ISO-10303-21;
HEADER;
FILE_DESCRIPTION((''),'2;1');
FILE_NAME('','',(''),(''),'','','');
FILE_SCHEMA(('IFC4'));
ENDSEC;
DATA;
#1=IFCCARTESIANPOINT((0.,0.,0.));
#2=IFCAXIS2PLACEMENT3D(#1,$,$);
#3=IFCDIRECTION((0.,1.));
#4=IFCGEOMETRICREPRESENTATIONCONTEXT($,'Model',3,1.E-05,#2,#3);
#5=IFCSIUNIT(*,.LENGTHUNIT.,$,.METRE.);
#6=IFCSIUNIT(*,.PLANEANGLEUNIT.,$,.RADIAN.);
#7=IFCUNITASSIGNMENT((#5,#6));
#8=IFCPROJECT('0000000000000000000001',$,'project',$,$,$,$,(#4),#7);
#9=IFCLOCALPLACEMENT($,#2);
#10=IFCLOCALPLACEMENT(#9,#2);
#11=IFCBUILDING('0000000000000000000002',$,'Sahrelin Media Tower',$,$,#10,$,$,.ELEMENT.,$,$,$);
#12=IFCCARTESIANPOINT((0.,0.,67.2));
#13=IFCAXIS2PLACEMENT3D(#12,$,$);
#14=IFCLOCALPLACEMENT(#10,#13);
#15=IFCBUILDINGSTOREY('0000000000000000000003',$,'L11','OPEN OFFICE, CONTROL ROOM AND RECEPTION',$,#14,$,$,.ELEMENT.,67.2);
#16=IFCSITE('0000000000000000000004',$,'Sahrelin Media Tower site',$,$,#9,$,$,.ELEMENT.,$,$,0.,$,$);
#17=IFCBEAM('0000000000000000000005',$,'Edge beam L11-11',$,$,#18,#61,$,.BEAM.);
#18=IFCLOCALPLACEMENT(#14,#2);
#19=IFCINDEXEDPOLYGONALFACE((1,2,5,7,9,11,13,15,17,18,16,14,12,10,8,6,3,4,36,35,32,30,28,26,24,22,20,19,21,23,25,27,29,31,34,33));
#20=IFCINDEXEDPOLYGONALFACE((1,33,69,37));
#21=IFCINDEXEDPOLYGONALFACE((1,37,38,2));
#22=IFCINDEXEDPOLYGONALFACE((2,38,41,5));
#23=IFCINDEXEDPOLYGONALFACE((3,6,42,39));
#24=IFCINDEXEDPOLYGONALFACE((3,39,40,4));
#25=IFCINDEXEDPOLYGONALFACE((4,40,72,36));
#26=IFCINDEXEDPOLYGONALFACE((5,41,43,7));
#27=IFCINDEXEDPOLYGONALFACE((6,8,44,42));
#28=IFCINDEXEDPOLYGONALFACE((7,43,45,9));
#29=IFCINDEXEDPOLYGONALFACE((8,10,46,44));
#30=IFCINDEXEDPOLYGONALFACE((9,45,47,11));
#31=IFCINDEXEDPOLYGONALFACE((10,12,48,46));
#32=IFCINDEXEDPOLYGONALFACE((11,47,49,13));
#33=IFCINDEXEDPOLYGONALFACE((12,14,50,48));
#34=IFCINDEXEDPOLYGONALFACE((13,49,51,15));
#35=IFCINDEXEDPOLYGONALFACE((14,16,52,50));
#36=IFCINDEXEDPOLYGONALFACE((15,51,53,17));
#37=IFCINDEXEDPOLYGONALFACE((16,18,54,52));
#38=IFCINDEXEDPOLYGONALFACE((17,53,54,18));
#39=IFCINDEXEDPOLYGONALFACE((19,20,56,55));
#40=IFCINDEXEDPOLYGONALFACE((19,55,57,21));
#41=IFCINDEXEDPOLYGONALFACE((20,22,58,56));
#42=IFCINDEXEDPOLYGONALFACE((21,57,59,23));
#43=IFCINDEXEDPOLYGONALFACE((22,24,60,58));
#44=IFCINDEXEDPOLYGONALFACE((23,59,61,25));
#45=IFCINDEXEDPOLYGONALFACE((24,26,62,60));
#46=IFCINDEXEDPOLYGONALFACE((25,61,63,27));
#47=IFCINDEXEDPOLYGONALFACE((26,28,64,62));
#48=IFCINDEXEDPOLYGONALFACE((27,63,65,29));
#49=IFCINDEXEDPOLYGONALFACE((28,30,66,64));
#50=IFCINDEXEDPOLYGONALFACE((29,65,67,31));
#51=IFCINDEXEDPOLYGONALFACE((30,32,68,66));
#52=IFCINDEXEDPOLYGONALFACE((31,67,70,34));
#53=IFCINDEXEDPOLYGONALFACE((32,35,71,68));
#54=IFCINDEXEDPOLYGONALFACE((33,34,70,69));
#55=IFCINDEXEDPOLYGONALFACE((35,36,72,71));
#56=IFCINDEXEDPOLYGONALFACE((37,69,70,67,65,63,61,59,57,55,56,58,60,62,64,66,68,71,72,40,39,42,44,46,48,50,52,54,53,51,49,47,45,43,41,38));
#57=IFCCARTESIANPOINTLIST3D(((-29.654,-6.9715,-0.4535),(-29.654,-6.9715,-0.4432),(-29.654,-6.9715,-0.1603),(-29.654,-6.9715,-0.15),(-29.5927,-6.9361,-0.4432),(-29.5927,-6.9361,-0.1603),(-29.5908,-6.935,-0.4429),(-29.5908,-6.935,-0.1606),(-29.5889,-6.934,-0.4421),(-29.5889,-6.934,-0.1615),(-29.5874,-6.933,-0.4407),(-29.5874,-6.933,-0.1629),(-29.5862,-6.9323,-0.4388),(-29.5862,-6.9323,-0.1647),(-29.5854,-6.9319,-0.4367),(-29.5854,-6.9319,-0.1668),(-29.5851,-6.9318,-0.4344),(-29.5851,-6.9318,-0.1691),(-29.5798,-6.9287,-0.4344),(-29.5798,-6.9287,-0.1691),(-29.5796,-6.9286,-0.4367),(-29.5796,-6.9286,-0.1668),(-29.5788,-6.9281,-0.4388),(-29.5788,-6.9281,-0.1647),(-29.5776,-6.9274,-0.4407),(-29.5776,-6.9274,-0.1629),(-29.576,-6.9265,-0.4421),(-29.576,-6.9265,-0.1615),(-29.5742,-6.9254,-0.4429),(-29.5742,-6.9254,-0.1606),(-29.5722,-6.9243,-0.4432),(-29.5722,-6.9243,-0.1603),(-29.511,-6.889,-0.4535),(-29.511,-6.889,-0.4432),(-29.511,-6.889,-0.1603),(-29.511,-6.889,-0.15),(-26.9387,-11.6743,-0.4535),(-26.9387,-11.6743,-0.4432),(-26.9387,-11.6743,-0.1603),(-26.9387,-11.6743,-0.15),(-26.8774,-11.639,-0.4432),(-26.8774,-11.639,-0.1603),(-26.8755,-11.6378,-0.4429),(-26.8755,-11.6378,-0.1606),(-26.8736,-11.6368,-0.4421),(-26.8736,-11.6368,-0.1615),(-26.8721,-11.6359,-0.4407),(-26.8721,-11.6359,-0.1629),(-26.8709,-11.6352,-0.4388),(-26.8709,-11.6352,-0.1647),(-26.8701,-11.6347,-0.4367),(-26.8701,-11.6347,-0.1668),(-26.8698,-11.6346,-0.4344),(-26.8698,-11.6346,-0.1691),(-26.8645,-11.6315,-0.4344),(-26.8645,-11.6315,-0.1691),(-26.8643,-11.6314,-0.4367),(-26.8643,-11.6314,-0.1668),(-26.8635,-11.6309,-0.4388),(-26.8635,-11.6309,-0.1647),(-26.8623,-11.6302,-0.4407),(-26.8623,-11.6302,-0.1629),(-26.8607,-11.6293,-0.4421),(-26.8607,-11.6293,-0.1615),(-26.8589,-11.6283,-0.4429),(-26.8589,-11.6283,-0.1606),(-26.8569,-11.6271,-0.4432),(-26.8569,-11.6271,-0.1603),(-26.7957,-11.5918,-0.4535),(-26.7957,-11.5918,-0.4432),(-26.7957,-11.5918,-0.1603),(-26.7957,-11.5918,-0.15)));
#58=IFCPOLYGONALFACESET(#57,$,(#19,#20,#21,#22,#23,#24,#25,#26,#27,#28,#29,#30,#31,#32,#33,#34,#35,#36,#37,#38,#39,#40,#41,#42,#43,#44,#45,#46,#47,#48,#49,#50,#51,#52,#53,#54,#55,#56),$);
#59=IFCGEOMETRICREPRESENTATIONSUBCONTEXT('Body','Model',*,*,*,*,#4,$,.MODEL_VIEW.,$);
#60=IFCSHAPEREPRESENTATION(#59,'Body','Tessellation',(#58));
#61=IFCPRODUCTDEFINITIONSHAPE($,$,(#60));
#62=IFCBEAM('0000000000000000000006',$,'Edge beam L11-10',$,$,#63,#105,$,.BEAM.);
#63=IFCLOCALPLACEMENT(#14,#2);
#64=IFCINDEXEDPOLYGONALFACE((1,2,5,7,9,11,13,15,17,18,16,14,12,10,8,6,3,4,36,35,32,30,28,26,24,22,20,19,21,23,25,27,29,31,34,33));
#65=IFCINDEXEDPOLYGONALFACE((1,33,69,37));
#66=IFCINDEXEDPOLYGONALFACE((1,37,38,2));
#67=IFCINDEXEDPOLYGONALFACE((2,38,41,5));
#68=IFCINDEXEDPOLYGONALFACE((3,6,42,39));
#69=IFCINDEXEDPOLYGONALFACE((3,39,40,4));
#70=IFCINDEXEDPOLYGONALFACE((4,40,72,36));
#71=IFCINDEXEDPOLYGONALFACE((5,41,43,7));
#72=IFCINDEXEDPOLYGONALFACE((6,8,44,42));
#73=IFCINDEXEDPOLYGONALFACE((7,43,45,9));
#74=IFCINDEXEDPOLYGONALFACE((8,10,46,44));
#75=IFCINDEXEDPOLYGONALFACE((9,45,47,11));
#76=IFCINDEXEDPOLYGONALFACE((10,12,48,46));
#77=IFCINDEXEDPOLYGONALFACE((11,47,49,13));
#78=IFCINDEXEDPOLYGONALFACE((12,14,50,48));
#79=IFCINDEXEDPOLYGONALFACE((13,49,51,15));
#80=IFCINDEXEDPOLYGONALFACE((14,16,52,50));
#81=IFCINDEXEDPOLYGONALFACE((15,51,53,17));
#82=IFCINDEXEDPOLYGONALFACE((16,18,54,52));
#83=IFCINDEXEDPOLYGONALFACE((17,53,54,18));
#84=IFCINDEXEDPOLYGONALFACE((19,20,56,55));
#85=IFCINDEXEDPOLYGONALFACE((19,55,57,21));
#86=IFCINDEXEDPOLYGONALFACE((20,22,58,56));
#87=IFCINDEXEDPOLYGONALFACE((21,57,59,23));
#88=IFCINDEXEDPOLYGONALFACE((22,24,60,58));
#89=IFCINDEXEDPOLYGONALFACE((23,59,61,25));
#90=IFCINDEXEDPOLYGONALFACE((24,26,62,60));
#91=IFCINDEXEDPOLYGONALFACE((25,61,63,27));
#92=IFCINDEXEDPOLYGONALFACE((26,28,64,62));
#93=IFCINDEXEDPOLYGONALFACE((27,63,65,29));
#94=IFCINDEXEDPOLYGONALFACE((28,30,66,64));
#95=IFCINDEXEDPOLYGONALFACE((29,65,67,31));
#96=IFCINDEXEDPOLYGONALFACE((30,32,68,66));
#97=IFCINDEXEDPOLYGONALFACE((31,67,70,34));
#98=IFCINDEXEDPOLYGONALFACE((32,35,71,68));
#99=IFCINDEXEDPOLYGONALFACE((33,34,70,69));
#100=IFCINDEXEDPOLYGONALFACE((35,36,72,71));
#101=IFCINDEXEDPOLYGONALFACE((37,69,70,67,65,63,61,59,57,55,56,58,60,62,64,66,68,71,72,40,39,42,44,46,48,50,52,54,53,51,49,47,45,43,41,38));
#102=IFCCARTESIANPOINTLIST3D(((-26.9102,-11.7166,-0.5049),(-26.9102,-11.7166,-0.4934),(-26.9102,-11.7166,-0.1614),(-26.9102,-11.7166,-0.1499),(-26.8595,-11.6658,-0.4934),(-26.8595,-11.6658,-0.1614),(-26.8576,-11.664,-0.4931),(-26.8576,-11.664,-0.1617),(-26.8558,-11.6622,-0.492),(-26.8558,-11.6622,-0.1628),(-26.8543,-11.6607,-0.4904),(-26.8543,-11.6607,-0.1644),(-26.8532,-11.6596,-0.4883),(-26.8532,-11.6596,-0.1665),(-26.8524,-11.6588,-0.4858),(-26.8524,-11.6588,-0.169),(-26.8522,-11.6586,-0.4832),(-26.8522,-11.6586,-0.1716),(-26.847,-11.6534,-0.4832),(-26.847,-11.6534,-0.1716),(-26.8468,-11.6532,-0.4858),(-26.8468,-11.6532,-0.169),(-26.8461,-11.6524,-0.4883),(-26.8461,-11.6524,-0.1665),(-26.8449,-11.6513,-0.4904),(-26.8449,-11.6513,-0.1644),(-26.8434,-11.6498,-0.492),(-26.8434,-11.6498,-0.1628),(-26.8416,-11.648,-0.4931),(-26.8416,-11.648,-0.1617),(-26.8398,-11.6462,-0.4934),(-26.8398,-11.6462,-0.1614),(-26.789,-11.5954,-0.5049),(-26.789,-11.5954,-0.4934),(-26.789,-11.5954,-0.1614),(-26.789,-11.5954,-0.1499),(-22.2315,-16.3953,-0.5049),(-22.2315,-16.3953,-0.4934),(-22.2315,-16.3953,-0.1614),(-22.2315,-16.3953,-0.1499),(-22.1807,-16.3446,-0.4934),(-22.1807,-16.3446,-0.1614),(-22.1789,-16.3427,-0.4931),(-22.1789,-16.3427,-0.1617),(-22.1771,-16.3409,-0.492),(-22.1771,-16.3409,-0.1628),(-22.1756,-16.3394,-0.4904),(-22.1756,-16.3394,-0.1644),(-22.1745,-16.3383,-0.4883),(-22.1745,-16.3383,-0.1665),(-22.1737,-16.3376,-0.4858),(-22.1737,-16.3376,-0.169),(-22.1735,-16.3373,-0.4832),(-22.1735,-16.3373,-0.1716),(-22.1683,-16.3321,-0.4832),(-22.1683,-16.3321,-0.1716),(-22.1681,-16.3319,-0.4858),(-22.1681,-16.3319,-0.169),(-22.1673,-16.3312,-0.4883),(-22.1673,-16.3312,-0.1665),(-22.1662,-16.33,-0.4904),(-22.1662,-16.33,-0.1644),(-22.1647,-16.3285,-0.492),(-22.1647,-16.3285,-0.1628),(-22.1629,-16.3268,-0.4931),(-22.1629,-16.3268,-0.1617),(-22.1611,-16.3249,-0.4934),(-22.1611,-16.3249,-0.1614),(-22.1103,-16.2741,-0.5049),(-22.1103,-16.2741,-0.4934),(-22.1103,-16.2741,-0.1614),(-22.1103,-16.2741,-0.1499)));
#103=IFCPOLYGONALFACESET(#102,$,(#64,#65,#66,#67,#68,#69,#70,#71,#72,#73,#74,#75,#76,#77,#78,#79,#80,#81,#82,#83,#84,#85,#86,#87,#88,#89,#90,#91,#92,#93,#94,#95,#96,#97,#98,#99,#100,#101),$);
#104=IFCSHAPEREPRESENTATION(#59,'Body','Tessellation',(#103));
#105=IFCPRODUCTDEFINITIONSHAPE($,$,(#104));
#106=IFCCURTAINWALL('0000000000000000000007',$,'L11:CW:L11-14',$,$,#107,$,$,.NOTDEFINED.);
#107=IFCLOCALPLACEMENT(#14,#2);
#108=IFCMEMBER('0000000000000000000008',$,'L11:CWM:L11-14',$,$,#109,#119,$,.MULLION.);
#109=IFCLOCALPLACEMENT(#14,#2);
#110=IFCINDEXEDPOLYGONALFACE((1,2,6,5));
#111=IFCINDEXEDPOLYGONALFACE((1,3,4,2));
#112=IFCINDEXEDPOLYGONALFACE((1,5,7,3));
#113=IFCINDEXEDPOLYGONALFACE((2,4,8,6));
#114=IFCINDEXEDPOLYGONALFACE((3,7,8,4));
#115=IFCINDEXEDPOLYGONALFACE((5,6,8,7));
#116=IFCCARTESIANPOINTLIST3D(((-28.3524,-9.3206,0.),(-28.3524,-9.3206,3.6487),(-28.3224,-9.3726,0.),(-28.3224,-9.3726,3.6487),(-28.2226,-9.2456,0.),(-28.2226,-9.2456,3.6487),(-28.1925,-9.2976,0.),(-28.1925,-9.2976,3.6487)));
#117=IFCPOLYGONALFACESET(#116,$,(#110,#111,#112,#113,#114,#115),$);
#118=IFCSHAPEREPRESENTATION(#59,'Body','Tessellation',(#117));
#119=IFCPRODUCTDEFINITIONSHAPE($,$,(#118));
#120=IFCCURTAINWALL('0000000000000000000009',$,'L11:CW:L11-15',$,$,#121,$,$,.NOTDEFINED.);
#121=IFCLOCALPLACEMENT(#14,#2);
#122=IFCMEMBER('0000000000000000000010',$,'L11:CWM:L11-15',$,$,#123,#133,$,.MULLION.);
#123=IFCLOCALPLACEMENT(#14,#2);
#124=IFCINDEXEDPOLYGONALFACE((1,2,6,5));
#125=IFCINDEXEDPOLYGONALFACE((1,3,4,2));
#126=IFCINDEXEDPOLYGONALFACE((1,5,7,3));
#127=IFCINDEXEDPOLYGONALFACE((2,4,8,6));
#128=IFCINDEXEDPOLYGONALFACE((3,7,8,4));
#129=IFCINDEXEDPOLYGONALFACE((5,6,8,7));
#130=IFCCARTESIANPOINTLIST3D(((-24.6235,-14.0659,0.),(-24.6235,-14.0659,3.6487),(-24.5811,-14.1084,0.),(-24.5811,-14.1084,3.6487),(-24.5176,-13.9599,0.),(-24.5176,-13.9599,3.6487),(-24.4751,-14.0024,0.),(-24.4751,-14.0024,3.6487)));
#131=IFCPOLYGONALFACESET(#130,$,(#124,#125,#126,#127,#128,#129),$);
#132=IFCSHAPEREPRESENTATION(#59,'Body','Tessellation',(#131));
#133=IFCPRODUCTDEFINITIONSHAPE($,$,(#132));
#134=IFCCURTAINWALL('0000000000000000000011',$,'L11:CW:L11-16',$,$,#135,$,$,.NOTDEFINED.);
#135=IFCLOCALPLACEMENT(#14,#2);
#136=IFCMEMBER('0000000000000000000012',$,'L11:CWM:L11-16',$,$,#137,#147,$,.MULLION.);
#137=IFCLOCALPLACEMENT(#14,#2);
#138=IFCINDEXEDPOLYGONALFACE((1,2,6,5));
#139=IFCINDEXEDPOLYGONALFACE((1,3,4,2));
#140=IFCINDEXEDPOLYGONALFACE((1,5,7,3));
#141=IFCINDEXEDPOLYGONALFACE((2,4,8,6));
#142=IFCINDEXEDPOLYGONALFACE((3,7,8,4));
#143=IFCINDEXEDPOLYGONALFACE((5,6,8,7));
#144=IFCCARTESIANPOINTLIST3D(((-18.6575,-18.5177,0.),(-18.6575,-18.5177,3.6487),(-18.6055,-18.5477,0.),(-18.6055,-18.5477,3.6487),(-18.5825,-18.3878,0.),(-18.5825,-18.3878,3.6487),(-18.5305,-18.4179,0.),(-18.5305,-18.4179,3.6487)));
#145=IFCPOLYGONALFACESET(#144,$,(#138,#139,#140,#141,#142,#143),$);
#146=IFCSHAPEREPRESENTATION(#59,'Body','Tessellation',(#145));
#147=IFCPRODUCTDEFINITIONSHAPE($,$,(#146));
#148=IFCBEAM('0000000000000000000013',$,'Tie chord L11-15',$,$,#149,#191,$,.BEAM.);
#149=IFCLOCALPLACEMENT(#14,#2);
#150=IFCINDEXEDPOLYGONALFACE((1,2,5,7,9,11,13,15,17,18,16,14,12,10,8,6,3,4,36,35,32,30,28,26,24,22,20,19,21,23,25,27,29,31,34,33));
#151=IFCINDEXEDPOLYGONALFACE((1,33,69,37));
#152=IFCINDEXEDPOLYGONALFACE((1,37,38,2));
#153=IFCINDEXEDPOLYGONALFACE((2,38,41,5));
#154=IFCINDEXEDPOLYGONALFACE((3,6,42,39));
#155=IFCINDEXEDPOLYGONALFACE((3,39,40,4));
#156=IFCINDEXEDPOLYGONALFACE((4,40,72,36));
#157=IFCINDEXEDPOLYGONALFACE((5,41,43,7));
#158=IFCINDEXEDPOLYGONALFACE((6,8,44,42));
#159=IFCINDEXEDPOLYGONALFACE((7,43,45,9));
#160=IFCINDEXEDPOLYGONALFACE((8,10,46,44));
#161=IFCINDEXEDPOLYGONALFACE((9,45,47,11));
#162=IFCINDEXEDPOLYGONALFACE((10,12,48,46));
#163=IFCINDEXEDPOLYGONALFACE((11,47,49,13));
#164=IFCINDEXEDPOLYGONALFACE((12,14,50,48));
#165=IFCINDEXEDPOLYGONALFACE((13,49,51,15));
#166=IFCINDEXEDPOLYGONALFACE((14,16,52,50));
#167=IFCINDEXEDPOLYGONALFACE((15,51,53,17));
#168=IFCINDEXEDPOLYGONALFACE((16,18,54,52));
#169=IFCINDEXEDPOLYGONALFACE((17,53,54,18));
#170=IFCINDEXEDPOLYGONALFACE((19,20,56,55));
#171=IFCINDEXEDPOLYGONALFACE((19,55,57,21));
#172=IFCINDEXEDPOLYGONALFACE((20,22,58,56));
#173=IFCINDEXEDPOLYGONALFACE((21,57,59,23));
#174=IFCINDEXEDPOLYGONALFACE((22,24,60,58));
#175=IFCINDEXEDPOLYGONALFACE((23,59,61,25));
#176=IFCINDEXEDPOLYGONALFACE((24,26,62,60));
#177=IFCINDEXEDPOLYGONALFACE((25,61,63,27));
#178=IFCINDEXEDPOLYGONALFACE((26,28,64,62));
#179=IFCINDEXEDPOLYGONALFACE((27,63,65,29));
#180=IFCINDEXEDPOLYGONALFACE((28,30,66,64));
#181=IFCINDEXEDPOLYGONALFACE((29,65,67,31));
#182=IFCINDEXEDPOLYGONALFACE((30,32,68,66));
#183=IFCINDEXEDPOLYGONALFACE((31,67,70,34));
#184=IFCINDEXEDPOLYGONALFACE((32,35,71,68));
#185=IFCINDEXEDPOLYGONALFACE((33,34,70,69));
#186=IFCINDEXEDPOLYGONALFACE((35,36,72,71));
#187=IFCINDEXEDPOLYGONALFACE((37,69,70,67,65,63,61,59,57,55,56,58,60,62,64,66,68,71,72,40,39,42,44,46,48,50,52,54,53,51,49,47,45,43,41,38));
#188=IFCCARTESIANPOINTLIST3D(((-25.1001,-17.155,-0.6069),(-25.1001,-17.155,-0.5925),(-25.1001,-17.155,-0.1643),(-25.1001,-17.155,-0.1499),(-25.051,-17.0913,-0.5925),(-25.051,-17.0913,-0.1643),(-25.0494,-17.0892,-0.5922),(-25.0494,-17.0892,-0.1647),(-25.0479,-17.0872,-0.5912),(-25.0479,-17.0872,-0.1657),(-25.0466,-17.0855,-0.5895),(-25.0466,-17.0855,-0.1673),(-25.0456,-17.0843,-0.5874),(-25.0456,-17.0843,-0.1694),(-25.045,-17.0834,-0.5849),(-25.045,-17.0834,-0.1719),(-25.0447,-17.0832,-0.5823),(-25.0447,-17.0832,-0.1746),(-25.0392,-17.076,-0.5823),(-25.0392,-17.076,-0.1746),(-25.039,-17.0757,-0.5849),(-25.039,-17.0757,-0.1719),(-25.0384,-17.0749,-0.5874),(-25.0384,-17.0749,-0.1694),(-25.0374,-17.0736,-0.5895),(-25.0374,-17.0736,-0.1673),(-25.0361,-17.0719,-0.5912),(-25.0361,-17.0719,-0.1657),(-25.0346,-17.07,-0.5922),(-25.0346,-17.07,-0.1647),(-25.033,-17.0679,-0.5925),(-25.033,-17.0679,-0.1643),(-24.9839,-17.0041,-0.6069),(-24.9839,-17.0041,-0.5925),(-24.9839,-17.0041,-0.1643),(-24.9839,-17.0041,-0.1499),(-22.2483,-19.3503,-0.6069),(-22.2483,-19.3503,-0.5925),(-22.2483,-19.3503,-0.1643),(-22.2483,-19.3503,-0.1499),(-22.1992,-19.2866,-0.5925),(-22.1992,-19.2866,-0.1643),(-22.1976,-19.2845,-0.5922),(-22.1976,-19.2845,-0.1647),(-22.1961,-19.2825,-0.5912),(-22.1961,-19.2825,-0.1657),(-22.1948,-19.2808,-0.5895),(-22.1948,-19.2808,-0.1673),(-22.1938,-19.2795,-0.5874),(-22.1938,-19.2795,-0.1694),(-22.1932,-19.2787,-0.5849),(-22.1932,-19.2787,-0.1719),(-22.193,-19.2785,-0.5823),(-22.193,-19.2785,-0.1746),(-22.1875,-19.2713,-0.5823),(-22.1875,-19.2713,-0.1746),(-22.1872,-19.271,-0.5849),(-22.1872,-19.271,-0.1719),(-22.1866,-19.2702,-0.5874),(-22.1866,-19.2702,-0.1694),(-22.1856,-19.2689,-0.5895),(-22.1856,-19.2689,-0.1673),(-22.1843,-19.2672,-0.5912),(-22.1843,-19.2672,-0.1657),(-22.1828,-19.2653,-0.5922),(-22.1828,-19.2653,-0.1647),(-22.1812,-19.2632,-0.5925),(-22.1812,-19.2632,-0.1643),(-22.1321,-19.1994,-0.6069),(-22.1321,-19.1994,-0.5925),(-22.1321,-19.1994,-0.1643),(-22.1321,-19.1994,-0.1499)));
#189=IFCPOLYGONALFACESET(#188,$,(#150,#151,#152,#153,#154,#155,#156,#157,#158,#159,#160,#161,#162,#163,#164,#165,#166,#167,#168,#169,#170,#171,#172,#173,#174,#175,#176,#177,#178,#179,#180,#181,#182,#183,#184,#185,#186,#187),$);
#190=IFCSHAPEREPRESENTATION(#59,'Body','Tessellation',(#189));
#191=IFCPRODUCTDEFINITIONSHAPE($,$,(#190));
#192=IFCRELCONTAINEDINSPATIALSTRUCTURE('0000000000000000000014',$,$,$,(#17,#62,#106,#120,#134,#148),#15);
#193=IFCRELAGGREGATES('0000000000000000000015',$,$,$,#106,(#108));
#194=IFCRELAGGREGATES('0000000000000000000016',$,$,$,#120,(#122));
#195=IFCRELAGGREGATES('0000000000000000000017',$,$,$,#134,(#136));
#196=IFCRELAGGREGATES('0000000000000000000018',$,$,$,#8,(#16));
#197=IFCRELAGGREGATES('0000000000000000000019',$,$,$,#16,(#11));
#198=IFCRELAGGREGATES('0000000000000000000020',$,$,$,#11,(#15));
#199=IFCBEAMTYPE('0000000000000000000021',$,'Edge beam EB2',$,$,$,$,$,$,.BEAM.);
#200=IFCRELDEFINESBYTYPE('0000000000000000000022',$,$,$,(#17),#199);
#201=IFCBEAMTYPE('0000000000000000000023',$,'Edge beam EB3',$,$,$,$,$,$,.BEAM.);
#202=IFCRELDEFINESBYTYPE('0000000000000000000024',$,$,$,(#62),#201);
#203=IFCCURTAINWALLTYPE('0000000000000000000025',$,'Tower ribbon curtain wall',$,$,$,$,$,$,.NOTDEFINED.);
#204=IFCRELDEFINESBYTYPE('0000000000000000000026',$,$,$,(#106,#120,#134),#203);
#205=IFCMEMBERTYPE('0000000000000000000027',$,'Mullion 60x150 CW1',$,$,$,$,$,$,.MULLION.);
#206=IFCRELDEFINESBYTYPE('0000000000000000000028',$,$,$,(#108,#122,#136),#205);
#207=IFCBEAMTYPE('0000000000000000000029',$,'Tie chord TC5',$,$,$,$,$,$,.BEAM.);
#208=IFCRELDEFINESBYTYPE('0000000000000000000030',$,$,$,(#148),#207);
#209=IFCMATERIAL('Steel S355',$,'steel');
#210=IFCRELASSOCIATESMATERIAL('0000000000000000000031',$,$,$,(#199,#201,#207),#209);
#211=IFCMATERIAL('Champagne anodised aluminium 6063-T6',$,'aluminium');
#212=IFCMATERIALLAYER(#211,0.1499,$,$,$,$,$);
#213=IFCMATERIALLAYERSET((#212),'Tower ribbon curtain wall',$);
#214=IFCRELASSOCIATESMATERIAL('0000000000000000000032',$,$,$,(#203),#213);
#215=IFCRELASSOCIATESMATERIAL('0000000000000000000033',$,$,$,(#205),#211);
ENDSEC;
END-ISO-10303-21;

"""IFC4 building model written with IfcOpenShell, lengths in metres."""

from ifc_helpers import new_model, si_unit, direction, frame, origin, origin_2d, place, context, subcontext, project, spatial, rectangle, i_section, extrude, material, layer, layer_set, material_profile, profile_set, type_object, element, aggregate, save


model = new_model("IFC4")

# Units and contexts
model_context = context("Model", 3, precision=1e-05, world=origin(), true_north=direction((0.0, 1.0)))
body_context = subcontext(model_context, "Body", "Model", "MODEL_VIEW")
ifc_project = project(units=[si_unit("LENGTHUNIT", "METRE"), si_unit("PLANEANGLEUNIT", "RADIAN")], contexts=[model_context])

# Site, building, storey
site_placement = place(None, origin())
site = spatial("IfcSite", under=ifc_project, at=site_placement, Name="Sahrelin Media Tower site", CompositionType="ELEMENT", RefElevation=0.0)
building_placement = place(site_placement, origin())
building = spatial("IfcBuilding", under=site, at=building_placement, Name="Sahrelin Media Tower", CompositionType="ELEMENT")
storey_placement = place(building_placement, frame((0.0, 0.0, 67.2)))
storey = spatial("IfcBuildingStorey", under=building, at=storey_placement, Name="L11", Description="OPEN OFFICE, CONTROL ROOM AND RECEPTION", CompositionType="ELEMENT", Elevation=67.2)

# Beams
ifc_material_1 = material(Name="Steel S355", Category="steel")
ifc_material_profile_1 = material_profile(ifc_material_1, i_section(OverallWidth=0.165, OverallDepth=0.3035, WebThickness=0.0061, FlangeThickness=0.0103, FilletRadius=0.0088, at=origin_2d()), Name="UB 305x165x40")
ifc_profile_set_1 = profile_set([ifc_material_profile_1], Name="Steel S355")
beam_type_1 = type_object("IfcBeamType", Name="Edge beam EB2", PredefinedType="BEAM", material=ifc_profile_set_1)
beam_1_placement = place(storey_placement, frame((-26.8672, -11.6331, -0.3018), z_axis=(-0.500017, 0.866016, 0.0), x_axis=(-0.866016, -0.500017, 0.0)))
element("IfcBeam", 1, at=beam_1_placement, inside=storey, type_object=beam_type_1, Name="Edge beam L11-11", PredefinedType="BEAM", context=body_context, shape_type="SweptSolid", body=[
    extrude(i_section(OverallWidth=0.165, OverallDepth=0.3035, WebThickness=0.0061, FlangeThickness=0.0103, FilletRadius=0.0088, at=origin_2d()), origin(), (0.0, 0.0, 1.0), 5.4304),
])
ifc_material_profile_2 = material_profile(ifc_material_1, i_section(OverallWidth=0.1714, OverallDepth=0.355, WebThickness=0.0073, FlangeThickness=0.0115, FilletRadius=0.0103, at=origin_2d()), Name="UB 356x171x51")
ifc_profile_set_2 = profile_set([ifc_material_profile_2], Name="Steel S355")
beam_type_2 = type_object("IfcBeamType", Name="Edge beam EB3", PredefinedType="BEAM", material=ifc_profile_set_2)
beam_2_placement = place(storey_placement, frame((-22.1709, -16.3347, -0.3274), z_axis=(-0.707107, 0.707107, 0.0), x_axis=(-0.707107, -0.707107, 0.0)))
element("IfcBeam", 2, at=beam_2_placement, inside=storey, type_object=beam_type_2, Name="Edge beam L11-10", PredefinedType="BEAM", context=body_context, shape_type="SweptSolid", body=[
    extrude(i_section(OverallWidth=0.1714, OverallDepth=0.355, WebThickness=0.0073, FlangeThickness=0.0115, FilletRadius=0.0103, at=origin_2d()), origin(), (0.0, 0.0, 1.0), 6.6167),
])

# Curtain walls, members
ifc_material_2 = material(Name="Champagne anodised aluminium 6063-T6", Category="aluminium")
ifc_layer_1 = layer(ifc_material_2, 0.1499)
ifc_layer_set_1 = layer_set([ifc_layer_1], Name="Tower ribbon curtain wall")
curtain_wall_type = type_object("IfcCurtainWallType", Name="Tower ribbon curtain wall", PredefinedType="NOTDEFINED", material=ifc_layer_set_1)
curtain_wall_1_placement = place(storey_placement, frame((-28.3547, -9.3567, 0.0), z_axis=(0.0, 0.0, 1.0), x_axis=(1.0, 0.0, 0.0)))
curtain_wall_1 = element("IfcCurtainWall", 3, at=curtain_wall_1_placement, inside=storey, type_object=curtain_wall_type, Name="L11:CW:L11-14", PredefinedType="NOTDEFINED")
ifc_material_profile_3 = material_profile(ifc_material_2, rectangle(XDim=0.0601, YDim=0.1499, at=origin_2d()), Name="Mullion 60x150")
ifc_profile_set_3 = profile_set([ifc_material_profile_3], Name="Champagne anodised aluminium 6063-T6")
member_type_1 = type_object("IfcMemberType", Name="Mullion 60x150 CW1", PredefinedType="MULLION", material=ifc_profile_set_3)
member_1_placement = place(storey_placement, frame((-28.2725, -9.3091, 0.0), z_axis=(0.0, 0.0, 1.0), x_axis=(0.499998, -0.866026, 0.0)))
member_1 = element("IfcMember", 4, at=member_1_placement, type_object=member_type_1, Name="L11:CWM:L11-14", PredefinedType="MULLION", context=body_context, shape_type="SweptSolid", body=[
    extrude(rectangle(XDim=0.0601, YDim=0.1499, at=origin_2d()), origin(), (0.0, 0.0, 1.0), 3.6487),
])
aggregate(curtain_wall_1, [member_1])
curtain_wall_2_placement = place(storey_placement, frame((-24.6165, -14.1013, 0.0), z_axis=(0.0, 0.0, 1.0), x_axis=(1.0, 0.0, 0.0)))
curtain_wall_2 = element("IfcCurtainWall", 5, at=curtain_wall_2_placement, inside=storey, type_object=curtain_wall_type, Name="L11:CW:L11-15", PredefinedType="NOTDEFINED")
member_2_placement = place(storey_placement, frame((-24.5493, -14.0342, 0.0), z_axis=(0.0, 0.0, 1.0), x_axis=(0.707107, -0.707107, 0.0)))
member_2 = element("IfcMember", 6, at=member_2_placement, type_object=member_type_1, Name="L11:CWM:L11-15", PredefinedType="MULLION", context=body_context, shape_type="SweptSolid", body=[
    extrude(rectangle(XDim=0.0601, YDim=0.1499, at=origin_2d()), origin(), (0.0, 0.0, 1.0), 3.6487),
])
curtain_wall_3_placement = place(storey_placement, frame((-18.6416, -18.5498, 0.0), z_axis=(0.0, 0.0, 1.0), x_axis=(1.0, 0.0, 0.0)))
curtain_wall_3 = element("IfcCurtainWall", 7, at=curtain_wall_3_placement, inside=storey, type_object=curtain_wall_type, Name="L11:CW:L11-16", PredefinedType="NOTDEFINED")
member_3_placement = place(storey_placement, frame((-18.594, -18.4678, 0.0), z_axis=(0.0, 0.0, 1.0), x_axis=(0.866025, -0.500002, 0.0)))
member_3 = element("IfcMember", 8, at=member_3_placement, type_object=member_type_1, Name="L11:CWM:L11-16", PredefinedType="MULLION", context=body_context, shape_type="SweptSolid", body=[
    extrude(rectangle(XDim=0.0601, YDim=0.1499, at=origin_2d()), origin(), (0.0, 0.0, 1.0), 3.6487),
])

# Beam
ifc_material_profile_4 = material_profile(ifc_material_1, i_section(OverallWidth=0.1904, OverallDepth=0.457, WebThickness=0.009, FlangeThickness=0.0144, FilletRadius=0.0103, at=origin_2d()), Name="UB 457x191x74")
ifc_profile_set_4 = profile_set([ifc_material_profile_4], Name="Steel S355")
beam_type_3 = type_object("IfcBeamType", Name="Tie chord TC5", PredefinedType="BEAM", material=ifc_profile_set_4)
beam_3_placement = place(storey_placement, frame((-25.042, -17.0796, -0.3784), z_axis=(0.792407, -0.609993, 0.0), x_axis=(0.609993, 0.792407, 0.0)))
element("IfcBeam", 9, at=beam_3_placement, inside=storey, type_object=beam_type_3, Name="Tie chord L11-15", PredefinedType="BEAM", context=body_context, shape_type="SweptSolid", body=[
    extrude(i_section(OverallWidth=0.1904, OverallDepth=0.457, WebThickness=0.009, FlangeThickness=0.0144, FilletRadius=0.0103, at=origin_2d()), origin(), (0.0, 0.0, 1.0), 3.5989),
])

aggregate(curtain_wall_2, [member_2])
aggregate(curtain_wall_3, [member_3])

save(model, "model.ifc")
